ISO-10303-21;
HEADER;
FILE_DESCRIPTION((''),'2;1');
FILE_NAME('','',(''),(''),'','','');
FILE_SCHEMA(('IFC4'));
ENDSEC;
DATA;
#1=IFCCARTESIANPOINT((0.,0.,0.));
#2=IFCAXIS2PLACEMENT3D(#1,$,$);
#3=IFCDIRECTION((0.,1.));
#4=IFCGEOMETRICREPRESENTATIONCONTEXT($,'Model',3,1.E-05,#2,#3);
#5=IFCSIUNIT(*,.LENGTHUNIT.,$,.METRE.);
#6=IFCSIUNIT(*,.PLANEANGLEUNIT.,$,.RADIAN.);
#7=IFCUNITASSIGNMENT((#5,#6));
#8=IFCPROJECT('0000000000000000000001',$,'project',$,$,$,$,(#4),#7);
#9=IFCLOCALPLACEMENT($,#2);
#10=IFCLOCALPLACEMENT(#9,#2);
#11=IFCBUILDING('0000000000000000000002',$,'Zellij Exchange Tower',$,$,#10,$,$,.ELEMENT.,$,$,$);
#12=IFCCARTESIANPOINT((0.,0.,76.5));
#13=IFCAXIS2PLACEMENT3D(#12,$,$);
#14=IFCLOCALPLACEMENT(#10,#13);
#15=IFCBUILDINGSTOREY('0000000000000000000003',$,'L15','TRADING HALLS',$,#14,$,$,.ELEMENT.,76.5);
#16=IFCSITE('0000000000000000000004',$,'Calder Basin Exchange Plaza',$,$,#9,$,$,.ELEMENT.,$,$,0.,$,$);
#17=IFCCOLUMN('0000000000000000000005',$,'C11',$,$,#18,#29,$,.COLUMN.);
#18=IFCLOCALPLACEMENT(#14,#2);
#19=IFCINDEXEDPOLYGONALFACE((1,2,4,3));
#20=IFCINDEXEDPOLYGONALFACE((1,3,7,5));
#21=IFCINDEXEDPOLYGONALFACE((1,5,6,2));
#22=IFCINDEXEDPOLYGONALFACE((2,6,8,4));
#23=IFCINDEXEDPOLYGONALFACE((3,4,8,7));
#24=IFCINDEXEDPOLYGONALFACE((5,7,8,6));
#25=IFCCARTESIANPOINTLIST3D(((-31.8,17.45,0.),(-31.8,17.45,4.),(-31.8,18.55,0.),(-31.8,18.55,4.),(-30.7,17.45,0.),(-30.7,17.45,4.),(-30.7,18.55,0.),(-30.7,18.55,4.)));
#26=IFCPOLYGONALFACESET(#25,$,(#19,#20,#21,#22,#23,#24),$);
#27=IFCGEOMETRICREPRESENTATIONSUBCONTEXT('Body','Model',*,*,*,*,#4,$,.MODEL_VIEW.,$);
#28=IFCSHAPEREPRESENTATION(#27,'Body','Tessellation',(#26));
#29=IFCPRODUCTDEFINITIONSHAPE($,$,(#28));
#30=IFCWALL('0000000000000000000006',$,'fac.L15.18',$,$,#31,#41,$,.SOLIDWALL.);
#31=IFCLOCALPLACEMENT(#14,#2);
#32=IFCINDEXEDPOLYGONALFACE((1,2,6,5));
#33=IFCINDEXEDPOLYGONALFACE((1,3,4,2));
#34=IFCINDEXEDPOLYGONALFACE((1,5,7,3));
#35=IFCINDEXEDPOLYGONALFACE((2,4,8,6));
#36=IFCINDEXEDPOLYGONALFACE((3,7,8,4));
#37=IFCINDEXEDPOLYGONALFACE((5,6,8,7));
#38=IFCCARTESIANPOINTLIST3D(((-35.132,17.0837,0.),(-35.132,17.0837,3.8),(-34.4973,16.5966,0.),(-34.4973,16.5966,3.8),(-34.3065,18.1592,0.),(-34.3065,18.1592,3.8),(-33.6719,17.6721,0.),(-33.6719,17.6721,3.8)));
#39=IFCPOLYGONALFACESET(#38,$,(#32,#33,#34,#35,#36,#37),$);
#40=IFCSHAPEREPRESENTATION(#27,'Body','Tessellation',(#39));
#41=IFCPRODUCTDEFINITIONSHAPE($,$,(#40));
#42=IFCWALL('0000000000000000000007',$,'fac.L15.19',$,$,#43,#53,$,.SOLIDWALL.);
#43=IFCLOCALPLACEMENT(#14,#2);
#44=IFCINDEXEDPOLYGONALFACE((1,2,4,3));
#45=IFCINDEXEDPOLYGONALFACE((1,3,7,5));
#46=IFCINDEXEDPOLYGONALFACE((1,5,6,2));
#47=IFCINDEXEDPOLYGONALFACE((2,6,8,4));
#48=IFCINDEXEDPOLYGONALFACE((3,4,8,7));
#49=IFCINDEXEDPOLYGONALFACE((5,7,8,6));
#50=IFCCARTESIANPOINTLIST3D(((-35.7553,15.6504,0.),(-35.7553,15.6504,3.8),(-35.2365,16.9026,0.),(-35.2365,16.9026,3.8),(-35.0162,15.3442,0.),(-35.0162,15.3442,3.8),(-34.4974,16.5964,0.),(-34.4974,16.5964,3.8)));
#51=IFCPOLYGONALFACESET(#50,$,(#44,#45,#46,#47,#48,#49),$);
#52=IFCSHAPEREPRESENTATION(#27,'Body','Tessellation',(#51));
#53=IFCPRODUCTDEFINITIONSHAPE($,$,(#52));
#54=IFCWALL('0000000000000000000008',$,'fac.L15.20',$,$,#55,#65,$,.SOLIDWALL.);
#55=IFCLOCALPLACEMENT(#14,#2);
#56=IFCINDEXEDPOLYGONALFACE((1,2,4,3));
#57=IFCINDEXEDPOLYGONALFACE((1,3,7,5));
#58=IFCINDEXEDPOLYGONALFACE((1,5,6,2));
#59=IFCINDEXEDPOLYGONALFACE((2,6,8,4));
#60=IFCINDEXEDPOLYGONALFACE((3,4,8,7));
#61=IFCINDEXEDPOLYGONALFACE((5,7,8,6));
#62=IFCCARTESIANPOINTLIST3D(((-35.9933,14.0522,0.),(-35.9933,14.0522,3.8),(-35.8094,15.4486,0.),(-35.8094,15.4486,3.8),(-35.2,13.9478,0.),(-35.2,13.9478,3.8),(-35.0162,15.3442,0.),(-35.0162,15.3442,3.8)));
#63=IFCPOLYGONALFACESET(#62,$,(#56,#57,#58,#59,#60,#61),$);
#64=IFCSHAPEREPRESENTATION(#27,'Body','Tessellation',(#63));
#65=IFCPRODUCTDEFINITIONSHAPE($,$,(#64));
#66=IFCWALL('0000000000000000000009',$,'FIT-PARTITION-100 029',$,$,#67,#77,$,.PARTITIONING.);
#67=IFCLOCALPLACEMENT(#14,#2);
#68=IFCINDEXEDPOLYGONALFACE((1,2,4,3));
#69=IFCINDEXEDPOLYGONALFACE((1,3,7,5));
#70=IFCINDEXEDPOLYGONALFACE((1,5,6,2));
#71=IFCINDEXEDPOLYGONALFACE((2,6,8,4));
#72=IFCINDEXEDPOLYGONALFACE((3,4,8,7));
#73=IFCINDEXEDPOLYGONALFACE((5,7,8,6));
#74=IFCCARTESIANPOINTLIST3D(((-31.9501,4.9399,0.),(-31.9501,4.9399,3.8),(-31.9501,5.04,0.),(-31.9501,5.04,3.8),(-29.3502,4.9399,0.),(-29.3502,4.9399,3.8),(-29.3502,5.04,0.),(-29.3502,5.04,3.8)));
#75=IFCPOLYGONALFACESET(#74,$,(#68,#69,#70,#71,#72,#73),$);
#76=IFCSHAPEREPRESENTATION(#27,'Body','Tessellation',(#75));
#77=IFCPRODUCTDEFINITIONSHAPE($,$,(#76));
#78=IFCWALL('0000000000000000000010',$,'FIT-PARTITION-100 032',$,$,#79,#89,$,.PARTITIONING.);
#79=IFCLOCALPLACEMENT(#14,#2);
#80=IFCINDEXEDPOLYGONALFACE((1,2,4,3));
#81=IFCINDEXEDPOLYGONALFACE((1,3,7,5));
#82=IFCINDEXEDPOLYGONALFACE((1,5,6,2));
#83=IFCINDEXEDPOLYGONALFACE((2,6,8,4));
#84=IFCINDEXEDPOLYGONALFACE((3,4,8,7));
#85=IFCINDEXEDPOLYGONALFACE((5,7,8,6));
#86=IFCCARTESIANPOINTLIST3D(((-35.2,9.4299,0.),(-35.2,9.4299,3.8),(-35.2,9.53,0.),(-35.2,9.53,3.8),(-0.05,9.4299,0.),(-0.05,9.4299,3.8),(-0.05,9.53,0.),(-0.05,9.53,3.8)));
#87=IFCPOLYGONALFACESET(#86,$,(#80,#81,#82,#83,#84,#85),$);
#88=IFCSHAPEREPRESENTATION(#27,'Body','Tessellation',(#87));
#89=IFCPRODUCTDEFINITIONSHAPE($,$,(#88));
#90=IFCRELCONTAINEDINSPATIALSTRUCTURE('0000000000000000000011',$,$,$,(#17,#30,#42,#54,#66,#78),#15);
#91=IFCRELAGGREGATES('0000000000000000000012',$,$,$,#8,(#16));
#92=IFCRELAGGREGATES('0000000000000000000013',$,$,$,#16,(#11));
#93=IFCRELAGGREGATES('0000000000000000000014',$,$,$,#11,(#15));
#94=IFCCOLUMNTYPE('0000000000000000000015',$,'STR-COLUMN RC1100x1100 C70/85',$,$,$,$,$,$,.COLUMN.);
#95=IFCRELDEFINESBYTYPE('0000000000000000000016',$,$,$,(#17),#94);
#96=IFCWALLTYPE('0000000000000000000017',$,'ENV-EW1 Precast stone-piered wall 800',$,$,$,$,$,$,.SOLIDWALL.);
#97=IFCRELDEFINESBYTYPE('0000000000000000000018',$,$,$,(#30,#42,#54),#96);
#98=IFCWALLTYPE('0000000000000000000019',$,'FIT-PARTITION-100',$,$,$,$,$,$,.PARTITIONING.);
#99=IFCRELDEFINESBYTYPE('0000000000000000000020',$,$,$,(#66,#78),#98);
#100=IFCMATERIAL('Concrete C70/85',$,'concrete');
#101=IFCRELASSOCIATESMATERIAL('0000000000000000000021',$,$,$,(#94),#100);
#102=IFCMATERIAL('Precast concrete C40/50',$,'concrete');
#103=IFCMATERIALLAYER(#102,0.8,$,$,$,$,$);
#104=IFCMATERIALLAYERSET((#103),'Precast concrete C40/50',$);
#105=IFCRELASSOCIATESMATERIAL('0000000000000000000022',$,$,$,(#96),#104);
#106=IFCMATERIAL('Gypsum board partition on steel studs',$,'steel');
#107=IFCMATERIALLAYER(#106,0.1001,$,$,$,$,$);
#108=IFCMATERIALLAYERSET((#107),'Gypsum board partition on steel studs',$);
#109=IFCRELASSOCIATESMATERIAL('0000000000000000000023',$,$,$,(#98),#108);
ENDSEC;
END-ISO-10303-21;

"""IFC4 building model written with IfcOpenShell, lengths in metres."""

from ifc_helpers import new_model, si_unit, direction, frame, frame_2d, origin, origin_2d, place, context, subcontext, project, spatial, rectangle, extrude, material, layer, layer_set, material_profile, profile_set, type_object, element, save


model = new_model("IFC4")

# Units and contexts
model_context = context("Model", 3, precision=1e-05, world=origin(), true_north=direction((0.0, 1.0)))
body_context = subcontext(model_context, "Body", "Model", "MODEL_VIEW")
ifc_project = project(units=[si_unit("LENGTHUNIT", "METRE"), si_unit("PLANEANGLEUNIT", "RADIAN")], contexts=[model_context])

# Site, building, storey
site_placement = place(None, origin())
site = spatial("IfcSite", under=ifc_project, at=site_placement, Name="Calder Basin Exchange Plaza", CompositionType="ELEMENT", RefElevation=0.0)
building_placement = place(site_placement, origin())
building = spatial("IfcBuilding", under=site, at=building_placement, Name="Zellij Exchange Tower", CompositionType="ELEMENT")
storey_placement = place(building_placement, frame((0.0, 0.0, 76.5)))
storey = spatial("IfcBuildingStorey", under=building, at=storey_placement, Name="L15", Description="TRADING HALLS", CompositionType="ELEMENT", Elevation=76.5)

# Column
ifc_material_1 = material(Name="Concrete C70/85", Category="concrete")
ifc_material_profile = material_profile(ifc_material_1, rectangle(XDim=1.1001, YDim=1.1001, at=origin_2d()), Name="STR-COLUMN RC1100x1100 C70/85")
ifc_profile_set = profile_set([ifc_material_profile], Name="Concrete C70/85")
column_type = type_object("IfcColumnType", Name="STR-COLUMN RC1100x1100 C70/85", PredefinedType="COLUMN", material=ifc_profile_set)
column_placement = place(storey_placement, frame((-31.25, 18.0, 0.0), z_axis=(0.0, 0.0, 1.0), x_axis=(1.0, 0.0, 0.0)))
element("IfcColumn", 1, at=column_placement, inside=storey, type_object=column_type, Name="C11", PredefinedType="COLUMN", context=body_context, shape_type="SweptSolid", body=[
    extrude(rectangle(XDim=1.1001, YDim=1.1001, at=origin_2d()), origin(), (0.0, 0.0, 1.0), 4.0),
])

# Walls
ifc_material_2 = material(Name="Precast concrete C40/50", Category="concrete")
ifc_layer_1 = layer(ifc_material_2, 0.8)
ifc_layer_set_1 = layer_set([ifc_layer_1], Name="Precast concrete C40/50")
wall_type_1 = type_object("IfcWallType", Name="ENV-EW1 Precast stone-piered wall 800", PredefinedType="SOLIDWALL", material=ifc_layer_set_1)
wall_1_placement = place(storey_placement, frame((-33.9893, 17.9155, 0.0), z_axis=(0.0, 0.0, 1.0), x_axis=(-0.608866, -0.793273, 0.0)))
element("IfcWall", 2, at=wall_1_placement, inside=storey, type_object=wall_type_1, Name="fac.L15.18", PredefinedType="SOLIDWALL", context=body_context, shape_type="SweptSolid", body=[
    extrude(rectangle(XDim=1.3557, YDim=0.8, at=frame_2d((0.6777, 0.0))), origin(), (0.0, 0.0, 1.0), 3.8),
])
wall_2_placement = place(storey_placement, frame((-34.8669, 16.7495, 0.0), z_axis=(0.0, 0.0, 1.0), x_axis=(-0.38276, -0.923848, 0.0)))
element("IfcWall", 3, at=wall_2_placement, inside=storey, type_object=wall_type_1, Name="fac.L15.19", PredefinedType="SOLIDWALL", context=body_context, shape_type="SweptSolid", body=[
    extrude(rectangle(XDim=1.3555, YDim=0.8, at=frame_2d((0.6777, 0.0))), origin(), (0.0, 0.0, 1.0), 3.8),
])
wall_3_placement = place(storey_placement, frame((-35.4128, 15.3962, 0.0), z_axis=(0.0, 0.0, 1.0), x_axis=(-0.130517, -0.991446, 0.0)))
element("IfcWall", 4, at=wall_3_placement, inside=storey, type_object=wall_type_1, Name="fac.L15.20", PredefinedType="SOLIDWALL", context=body_context, shape_type="SweptSolid", body=[
    extrude(rectangle(XDim=1.4084, YDim=0.8, at=frame_2d((0.7041, 0.0))), origin(), (0.0, 0.0, 1.0), 3.8),
])

# Walls
ifc_material_3 = material(Name="Gypsum board partition on steel studs", Category="steel")
ifc_layer_2 = layer(ifc_material_3, 0.1001)
ifc_layer_set_2 = layer_set([ifc_layer_2], Name="Gypsum board partition on steel studs")
wall_type_2 = type_object("IfcWallType", Name="FIT-PARTITION-100", PredefinedType="PARTITIONING", material=ifc_layer_set_2)
wall_4_placement = place(storey_placement, frame((-31.95, 4.99, 0.0), z_axis=(0.0, 0.0, 1.0), x_axis=(1.0, 0.0, 0.0)))
element("IfcWall", 5, at=wall_4_placement, inside=storey, type_object=wall_type_2, Name="FIT-PARTITION-100 029", PredefinedType="PARTITIONING", context=body_context, shape_type="SweptSolid", body=[
    extrude(rectangle(XDim=2.5999, YDim=0.1001, at=frame_2d((1.2998, 0.0))), origin(), (0.0, 0.0, 1.0), 3.8),
])
wall_5_placement = place(storey_placement, frame((-35.2, 9.48, 0.0), z_axis=(0.0, 0.0, 1.0), x_axis=(1.0, 0.0, 0.0)))
element("IfcWall", 6, at=wall_5_placement, inside=storey, type_object=wall_type_2, Name="FIT-PARTITION-100 032", PredefinedType="PARTITIONING", context=body_context, shape_type="SweptSolid", body=[
    extrude(rectangle(XDim=35.1499, YDim=0.1001, at=frame_2d((17.575, 0.0))), origin(), (0.0, 0.0, 1.0), 3.8),
])

save(model, "model.ifc")
